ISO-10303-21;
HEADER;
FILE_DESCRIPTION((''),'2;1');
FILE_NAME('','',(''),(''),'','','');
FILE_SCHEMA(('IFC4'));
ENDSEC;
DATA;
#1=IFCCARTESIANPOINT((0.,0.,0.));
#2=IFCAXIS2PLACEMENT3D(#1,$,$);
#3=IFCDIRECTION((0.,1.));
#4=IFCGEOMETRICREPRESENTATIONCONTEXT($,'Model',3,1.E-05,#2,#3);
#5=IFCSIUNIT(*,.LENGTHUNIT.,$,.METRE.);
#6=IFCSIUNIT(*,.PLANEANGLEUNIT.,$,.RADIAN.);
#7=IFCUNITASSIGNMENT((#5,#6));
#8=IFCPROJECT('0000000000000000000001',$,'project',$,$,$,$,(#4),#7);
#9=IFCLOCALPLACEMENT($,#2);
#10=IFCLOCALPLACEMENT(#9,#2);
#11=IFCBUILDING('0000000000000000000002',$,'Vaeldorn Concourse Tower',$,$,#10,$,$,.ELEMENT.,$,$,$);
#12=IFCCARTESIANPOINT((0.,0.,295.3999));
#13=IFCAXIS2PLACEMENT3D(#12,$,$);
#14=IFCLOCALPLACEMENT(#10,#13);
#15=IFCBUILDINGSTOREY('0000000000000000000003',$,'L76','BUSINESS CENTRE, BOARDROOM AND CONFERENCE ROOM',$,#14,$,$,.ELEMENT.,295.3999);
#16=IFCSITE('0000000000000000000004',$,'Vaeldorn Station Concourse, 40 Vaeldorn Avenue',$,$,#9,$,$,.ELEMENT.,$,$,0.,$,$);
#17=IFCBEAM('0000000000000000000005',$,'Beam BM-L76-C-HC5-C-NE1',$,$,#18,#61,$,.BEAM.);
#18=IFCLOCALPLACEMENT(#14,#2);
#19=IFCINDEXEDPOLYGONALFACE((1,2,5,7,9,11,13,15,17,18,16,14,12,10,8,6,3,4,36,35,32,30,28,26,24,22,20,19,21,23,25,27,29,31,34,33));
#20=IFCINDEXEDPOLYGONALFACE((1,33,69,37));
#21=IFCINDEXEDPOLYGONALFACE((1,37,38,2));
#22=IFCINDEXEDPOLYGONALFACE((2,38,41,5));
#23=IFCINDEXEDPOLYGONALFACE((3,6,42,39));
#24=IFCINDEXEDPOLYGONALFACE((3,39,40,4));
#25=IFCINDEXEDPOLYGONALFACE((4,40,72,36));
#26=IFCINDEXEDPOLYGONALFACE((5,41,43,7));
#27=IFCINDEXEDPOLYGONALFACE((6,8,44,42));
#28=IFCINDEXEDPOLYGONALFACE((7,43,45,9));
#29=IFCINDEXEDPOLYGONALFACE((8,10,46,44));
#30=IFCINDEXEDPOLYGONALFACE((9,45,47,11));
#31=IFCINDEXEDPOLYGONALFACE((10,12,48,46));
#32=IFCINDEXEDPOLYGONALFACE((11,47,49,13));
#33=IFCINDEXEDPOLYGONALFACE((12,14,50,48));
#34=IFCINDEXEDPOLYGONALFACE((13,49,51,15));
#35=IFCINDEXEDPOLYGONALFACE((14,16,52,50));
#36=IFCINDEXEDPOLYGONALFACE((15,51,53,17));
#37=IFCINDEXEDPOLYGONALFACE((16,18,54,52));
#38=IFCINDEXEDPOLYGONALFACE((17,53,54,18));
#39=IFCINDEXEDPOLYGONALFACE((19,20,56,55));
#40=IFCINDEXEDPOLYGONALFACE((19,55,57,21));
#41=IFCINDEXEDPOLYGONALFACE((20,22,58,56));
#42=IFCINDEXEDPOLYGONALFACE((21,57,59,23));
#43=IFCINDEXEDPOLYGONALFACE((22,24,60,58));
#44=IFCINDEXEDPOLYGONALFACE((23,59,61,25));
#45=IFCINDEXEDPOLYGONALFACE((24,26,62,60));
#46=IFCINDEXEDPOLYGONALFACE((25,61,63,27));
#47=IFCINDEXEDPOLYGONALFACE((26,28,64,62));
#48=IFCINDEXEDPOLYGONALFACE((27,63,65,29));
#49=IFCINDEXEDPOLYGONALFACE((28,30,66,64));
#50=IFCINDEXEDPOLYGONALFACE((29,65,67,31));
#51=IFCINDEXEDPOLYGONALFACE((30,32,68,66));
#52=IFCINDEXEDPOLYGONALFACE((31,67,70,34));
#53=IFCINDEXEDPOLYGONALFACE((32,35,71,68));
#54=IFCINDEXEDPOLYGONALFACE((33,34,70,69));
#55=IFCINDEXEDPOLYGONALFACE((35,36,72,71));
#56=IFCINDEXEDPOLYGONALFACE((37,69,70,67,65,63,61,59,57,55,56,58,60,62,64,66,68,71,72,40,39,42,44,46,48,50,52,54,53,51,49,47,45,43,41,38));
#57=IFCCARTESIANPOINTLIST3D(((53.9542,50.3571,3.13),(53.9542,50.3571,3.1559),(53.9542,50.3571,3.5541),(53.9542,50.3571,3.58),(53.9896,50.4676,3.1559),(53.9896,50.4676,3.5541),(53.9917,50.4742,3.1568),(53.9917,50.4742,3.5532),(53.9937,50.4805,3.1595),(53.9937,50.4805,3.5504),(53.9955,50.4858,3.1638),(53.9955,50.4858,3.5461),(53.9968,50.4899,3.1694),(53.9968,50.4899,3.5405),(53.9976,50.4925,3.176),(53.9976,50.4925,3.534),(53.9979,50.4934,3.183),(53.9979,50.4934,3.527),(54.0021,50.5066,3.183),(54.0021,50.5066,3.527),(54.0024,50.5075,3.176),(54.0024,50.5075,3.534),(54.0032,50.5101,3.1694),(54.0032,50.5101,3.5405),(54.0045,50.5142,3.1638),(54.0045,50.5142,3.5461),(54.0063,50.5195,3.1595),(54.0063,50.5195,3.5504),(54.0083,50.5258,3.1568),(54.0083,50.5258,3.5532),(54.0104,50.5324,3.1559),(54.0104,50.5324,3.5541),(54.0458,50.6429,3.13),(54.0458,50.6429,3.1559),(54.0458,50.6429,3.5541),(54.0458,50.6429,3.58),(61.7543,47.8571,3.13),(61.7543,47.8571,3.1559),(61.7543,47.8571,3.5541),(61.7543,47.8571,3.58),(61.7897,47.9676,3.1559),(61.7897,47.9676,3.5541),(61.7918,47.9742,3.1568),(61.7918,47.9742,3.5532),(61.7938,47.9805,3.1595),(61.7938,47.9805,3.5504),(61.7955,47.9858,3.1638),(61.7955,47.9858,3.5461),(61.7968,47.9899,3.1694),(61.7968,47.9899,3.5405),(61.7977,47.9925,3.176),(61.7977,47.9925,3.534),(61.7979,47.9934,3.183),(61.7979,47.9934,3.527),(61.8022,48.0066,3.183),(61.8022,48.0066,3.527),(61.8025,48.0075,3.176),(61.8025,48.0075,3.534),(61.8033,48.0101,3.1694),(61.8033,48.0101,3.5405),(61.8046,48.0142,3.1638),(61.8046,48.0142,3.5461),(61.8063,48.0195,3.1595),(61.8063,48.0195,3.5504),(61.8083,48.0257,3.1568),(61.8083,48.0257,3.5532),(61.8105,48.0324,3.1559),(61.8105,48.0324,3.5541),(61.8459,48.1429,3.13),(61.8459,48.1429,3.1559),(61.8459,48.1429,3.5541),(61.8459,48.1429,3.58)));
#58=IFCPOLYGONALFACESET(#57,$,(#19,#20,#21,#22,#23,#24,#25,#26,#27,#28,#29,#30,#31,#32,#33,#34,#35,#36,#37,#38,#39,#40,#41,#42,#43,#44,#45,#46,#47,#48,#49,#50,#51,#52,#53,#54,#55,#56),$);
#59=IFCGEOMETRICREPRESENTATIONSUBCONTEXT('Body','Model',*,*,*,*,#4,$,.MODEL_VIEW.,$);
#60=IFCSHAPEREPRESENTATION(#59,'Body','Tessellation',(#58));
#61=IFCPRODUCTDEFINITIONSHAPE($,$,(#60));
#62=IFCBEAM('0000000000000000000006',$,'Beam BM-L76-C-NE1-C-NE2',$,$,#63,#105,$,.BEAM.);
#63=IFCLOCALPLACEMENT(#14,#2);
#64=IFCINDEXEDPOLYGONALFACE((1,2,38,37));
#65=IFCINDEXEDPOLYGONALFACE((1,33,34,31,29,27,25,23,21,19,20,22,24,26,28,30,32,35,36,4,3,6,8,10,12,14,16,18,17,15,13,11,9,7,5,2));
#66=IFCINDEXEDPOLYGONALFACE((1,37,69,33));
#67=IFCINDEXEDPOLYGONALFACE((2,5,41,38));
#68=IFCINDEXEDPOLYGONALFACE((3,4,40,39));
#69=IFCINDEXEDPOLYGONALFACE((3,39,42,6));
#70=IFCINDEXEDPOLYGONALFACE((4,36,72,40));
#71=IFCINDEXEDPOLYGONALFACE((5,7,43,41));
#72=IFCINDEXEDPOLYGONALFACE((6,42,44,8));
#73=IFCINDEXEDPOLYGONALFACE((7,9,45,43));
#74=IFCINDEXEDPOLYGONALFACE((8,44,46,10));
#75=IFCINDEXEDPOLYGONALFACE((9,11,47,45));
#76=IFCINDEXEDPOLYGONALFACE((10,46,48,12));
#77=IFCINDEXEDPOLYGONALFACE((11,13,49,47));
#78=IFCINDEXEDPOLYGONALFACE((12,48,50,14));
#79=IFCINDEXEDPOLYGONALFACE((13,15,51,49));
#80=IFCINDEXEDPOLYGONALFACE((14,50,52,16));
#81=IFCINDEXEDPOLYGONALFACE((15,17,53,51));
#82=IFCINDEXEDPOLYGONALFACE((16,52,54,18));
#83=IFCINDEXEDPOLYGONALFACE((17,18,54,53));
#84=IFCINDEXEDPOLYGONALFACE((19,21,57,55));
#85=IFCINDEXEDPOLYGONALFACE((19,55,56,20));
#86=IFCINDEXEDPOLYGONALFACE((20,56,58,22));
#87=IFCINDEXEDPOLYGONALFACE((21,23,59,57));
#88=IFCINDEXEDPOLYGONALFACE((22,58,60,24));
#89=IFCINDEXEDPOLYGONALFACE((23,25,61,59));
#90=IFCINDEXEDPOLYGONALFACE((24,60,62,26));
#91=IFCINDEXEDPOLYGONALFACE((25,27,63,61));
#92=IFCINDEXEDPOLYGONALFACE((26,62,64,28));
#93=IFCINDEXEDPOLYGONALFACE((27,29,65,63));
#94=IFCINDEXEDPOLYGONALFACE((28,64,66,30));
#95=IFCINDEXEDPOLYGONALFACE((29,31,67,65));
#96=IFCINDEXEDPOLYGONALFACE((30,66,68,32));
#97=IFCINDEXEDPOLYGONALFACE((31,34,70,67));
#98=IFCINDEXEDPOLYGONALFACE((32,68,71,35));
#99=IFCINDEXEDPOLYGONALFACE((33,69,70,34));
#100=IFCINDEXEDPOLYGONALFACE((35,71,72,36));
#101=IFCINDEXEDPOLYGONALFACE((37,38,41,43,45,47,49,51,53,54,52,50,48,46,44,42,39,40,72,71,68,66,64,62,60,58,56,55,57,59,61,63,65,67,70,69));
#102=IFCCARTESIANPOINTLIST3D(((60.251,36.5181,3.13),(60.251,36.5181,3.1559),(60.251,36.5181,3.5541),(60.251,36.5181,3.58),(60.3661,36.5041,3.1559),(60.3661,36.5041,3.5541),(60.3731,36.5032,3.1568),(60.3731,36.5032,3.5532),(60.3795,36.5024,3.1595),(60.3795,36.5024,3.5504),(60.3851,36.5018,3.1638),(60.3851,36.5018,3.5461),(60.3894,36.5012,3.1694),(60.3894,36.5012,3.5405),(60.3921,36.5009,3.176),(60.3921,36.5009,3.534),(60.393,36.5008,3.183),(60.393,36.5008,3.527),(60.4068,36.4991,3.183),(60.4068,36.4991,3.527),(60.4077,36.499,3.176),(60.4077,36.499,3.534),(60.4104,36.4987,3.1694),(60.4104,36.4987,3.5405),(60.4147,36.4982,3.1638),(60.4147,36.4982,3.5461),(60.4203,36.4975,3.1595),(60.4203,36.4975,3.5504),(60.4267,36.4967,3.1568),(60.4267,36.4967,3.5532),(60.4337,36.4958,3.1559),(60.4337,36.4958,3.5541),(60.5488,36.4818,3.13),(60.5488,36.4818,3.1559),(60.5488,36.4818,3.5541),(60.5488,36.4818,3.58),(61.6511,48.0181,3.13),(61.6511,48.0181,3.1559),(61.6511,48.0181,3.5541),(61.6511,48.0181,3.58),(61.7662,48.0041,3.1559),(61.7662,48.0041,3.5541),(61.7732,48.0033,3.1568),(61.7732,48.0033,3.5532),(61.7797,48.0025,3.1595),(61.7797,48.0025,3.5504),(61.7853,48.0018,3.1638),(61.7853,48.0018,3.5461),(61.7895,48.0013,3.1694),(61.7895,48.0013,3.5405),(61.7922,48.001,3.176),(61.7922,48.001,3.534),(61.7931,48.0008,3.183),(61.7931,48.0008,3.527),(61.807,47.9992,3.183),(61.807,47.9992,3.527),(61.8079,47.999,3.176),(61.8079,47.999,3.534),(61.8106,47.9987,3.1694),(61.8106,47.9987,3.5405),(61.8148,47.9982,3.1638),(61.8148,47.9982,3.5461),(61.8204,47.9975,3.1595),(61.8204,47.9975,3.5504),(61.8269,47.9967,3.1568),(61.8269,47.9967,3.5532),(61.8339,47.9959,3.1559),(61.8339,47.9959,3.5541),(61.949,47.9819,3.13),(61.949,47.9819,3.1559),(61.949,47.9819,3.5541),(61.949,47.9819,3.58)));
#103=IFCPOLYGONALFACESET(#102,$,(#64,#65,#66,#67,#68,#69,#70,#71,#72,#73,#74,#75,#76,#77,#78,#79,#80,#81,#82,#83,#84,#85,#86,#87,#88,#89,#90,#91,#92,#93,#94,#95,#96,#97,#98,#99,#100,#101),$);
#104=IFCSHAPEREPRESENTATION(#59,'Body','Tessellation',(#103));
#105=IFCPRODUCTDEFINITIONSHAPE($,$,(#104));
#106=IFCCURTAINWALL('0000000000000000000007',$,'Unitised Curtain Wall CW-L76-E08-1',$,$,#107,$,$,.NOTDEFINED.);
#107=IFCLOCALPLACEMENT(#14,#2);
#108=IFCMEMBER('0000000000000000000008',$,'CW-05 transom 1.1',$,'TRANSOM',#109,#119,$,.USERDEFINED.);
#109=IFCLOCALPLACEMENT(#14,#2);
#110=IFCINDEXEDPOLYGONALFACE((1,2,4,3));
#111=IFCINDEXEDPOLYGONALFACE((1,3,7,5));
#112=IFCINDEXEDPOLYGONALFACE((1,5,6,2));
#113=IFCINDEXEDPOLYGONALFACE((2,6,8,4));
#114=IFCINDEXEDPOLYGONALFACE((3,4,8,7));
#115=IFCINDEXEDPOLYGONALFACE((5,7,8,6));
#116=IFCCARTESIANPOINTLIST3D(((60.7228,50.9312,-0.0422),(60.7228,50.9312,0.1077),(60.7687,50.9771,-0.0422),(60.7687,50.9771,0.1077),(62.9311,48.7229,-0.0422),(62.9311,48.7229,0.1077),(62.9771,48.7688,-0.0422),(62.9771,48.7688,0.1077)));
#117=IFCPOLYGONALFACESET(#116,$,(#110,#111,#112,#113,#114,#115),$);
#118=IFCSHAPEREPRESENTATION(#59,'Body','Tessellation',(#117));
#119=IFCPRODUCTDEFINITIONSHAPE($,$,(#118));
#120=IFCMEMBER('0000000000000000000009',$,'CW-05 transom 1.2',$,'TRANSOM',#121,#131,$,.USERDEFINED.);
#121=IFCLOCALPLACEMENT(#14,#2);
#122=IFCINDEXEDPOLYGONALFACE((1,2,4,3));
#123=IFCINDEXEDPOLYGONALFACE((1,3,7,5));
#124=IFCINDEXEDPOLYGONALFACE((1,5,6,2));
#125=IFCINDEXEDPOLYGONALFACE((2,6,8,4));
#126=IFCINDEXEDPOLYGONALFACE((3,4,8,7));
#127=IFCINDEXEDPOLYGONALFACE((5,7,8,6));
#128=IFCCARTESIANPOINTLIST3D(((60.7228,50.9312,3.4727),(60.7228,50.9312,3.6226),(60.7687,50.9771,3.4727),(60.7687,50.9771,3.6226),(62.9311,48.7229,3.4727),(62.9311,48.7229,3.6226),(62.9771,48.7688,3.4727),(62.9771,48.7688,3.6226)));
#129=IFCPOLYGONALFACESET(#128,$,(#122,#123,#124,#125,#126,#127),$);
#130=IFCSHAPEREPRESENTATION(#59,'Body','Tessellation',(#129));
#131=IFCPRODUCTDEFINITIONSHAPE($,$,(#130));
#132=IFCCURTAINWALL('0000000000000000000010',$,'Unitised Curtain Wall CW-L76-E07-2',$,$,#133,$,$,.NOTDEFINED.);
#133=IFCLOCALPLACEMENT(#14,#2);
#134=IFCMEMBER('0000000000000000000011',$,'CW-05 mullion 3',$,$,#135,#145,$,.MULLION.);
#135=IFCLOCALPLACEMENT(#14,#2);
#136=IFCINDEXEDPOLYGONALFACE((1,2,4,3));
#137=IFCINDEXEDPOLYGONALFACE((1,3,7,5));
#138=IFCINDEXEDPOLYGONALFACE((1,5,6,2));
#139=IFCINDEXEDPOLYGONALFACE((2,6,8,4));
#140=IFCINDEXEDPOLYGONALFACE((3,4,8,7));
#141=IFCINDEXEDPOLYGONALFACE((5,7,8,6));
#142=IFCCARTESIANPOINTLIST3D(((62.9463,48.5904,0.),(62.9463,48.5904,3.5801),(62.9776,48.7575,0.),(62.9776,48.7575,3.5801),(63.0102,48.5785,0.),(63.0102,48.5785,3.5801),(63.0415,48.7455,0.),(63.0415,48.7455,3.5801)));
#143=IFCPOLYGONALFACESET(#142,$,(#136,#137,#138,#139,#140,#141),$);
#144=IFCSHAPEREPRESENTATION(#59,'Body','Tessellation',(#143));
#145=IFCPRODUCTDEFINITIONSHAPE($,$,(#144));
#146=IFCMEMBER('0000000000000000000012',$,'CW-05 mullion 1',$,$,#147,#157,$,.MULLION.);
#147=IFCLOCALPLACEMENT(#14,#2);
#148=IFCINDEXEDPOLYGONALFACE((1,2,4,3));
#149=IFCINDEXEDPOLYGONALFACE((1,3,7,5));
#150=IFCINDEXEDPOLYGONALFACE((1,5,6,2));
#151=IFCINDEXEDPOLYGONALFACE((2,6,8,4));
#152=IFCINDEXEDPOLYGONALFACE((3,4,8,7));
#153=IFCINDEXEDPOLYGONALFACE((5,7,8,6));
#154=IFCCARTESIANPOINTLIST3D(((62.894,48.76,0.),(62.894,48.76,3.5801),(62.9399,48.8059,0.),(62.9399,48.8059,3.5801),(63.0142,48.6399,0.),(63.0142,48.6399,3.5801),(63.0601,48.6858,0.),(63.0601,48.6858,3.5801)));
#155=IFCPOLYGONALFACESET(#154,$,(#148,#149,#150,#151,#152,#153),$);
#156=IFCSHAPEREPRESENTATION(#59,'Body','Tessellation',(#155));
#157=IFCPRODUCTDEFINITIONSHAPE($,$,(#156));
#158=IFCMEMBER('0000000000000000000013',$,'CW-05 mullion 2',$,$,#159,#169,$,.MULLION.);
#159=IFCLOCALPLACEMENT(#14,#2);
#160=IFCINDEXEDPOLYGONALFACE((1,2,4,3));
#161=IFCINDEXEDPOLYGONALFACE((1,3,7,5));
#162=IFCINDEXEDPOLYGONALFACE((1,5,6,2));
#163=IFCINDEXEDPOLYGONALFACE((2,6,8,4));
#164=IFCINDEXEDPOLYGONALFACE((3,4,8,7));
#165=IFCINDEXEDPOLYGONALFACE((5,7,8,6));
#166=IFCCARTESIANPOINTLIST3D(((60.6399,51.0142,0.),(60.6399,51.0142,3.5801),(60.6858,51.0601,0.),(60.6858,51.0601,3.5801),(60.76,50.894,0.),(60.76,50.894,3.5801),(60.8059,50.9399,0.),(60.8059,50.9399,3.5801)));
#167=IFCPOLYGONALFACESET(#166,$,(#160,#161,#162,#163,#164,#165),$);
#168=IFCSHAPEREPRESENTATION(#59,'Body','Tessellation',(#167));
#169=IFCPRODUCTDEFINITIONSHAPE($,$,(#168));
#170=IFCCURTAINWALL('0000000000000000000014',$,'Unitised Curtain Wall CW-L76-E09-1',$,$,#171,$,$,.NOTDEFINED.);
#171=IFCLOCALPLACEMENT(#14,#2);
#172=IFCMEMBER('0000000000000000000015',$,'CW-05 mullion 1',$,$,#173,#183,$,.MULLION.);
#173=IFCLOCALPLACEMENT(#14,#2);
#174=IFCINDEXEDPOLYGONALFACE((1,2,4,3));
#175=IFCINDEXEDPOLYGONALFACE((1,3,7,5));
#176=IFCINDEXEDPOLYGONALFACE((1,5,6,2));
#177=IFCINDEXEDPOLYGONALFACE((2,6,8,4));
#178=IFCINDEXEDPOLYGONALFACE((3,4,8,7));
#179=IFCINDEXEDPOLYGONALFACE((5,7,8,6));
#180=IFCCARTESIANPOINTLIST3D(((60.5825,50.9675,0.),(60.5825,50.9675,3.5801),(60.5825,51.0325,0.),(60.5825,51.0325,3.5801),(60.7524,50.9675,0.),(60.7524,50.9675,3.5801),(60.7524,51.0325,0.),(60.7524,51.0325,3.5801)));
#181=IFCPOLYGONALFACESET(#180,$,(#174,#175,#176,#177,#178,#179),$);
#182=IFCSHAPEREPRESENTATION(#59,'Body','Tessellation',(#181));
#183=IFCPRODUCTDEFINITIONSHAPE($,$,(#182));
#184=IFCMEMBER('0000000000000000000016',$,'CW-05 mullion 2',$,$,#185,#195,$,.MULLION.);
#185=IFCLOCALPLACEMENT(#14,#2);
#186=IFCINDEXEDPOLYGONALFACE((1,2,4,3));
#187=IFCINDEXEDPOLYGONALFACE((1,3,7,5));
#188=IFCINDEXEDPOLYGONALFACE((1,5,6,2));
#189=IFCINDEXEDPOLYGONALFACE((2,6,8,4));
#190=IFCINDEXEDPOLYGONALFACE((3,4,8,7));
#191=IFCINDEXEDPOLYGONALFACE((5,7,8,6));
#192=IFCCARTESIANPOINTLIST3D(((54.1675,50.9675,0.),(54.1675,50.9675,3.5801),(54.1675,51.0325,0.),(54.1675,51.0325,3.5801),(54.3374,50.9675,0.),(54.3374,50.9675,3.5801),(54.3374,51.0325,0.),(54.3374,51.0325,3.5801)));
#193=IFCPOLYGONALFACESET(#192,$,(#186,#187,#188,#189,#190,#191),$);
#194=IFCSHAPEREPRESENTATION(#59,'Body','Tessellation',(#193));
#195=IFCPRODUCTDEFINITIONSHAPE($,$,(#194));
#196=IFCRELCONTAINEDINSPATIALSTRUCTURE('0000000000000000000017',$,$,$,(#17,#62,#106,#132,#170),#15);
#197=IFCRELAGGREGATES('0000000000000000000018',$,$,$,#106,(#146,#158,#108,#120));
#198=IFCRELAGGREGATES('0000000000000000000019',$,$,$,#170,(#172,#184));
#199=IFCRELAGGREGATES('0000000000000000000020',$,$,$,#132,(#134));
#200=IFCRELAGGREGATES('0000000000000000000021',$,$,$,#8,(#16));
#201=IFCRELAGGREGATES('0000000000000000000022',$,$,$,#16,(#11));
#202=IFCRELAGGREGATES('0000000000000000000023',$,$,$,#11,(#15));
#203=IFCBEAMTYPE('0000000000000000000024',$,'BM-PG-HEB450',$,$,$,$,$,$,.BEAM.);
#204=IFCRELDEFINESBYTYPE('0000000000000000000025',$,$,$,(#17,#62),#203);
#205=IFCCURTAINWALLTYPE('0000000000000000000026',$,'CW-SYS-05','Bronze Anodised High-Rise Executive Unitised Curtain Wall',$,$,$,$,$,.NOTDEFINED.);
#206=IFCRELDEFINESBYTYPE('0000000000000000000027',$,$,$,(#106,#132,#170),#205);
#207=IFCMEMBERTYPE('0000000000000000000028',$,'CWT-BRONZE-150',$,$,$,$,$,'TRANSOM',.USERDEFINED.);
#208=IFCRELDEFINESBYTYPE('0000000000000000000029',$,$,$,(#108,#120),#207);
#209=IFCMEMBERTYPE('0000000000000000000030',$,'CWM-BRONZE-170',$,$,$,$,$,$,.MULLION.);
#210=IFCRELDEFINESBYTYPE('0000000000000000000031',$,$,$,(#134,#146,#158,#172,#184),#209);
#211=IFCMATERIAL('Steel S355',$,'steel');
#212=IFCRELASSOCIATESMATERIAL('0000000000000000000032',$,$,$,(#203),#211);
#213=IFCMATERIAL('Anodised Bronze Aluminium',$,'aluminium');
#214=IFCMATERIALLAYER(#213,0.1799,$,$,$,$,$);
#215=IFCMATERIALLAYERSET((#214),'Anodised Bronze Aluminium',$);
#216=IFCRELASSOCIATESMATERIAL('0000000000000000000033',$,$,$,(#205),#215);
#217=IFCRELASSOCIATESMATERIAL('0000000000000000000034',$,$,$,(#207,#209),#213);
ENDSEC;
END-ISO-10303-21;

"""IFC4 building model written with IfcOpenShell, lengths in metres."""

from ifc_helpers import new_model, si_unit, direction, frame, origin, origin_2d, place, context, subcontext, project, spatial, rectangle, i_section, extrude, source, transform, mapped, material, layer, layer_set, material_profile, profile_set, type_object, element, aggregate, save


model = new_model("IFC4")

# Units and contexts
model_context = context("Model", 3, precision=1e-05, world=origin(), true_north=direction((0.0, 1.0)))
body_context = subcontext(model_context, "Body", "Model", "MODEL_VIEW")
ifc_project = project(units=[si_unit("LENGTHUNIT", "METRE"), si_unit("PLANEANGLEUNIT", "RADIAN")], contexts=[model_context])

# Site, building, storey
site_placement = place(None, origin())
site = spatial("IfcSite", under=ifc_project, at=site_placement, Name="Vaeldorn Station Concourse, 40 Vaeldorn Avenue", CompositionType="ELEMENT", RefElevation=0.0)
building_placement = place(site_placement, origin())
building = spatial("IfcBuilding", under=site, at=building_placement, Name="Vaeldorn Concourse Tower", CompositionType="ELEMENT")
storey_placement = place(building_placement, frame((0.0, 0.0, 295.3999)))
storey = spatial("IfcBuildingStorey", under=building, at=storey_placement, Name="L76", Description="BUSINESS CENTRE, BOARDROOM AND CONFERENCE ROOM", CompositionType="ELEMENT", Elevation=295.3999)

# Shared definitions
ifc_material_1 = material(Name="Steel S355", Category="steel")

# Beams
ifc_material_profile_1 = material_profile(ifc_material_1, i_section(OverallWidth=0.3, OverallDepth=0.45, WebThickness=0.0139, FlangeThickness=0.0259, FilletRadius=0.0271, at=origin_2d()), Name="HEB 450")
ifc_profile_set_1 = profile_set([ifc_material_profile_1], Name="Steel S355")
beam_type_1 = type_object("IfcBeamType", Name="BM-PG-HEB450", PredefinedType="BEAM", material=ifc_profile_set_1)
shared_shape_1 = source(origin(), body_context, "Body", "SweptSolid", [
    extrude(i_section(OverallWidth=0.3, OverallDepth=0.45, WebThickness=0.0139, FlangeThickness=0.0259, FilletRadius=0.0271, at=origin_2d()), origin(), (0.0, 0.0, 1.0), 8.1909),
])
beam_1_placement = place(storey_placement, frame((54.0, 50.5, 3.355), z_axis=(0.952283, -0.305217, 0.0), x_axis=(0.305217, 0.952283, 0.0)))
element("IfcBeam", 1, at=beam_1_placement, inside=storey, type_object=beam_type_1, Name="Beam BM-L76-C-HC5-C-NE1", PredefinedType="BEAM", context=body_context, shape_type="MappedRepresentation", body=[
    mapped(shared_shape_1, transform((0.0, 0.0, 0.0), scale=1.0)),
])
shared_shape_2 = source(origin(), body_context, "Body", "SweptSolid", [
    extrude(i_section(OverallWidth=0.3, OverallDepth=0.45, WebThickness=0.0139, FlangeThickness=0.0259, FilletRadius=0.0271, at=origin_2d()), origin(), (0.0, 0.0, 1.0), 11.585),
])
beam_2_placement = place(storey_placement, frame((61.8, 48.0, 3.355), z_axis=(-0.120859, -0.99267, 0.0), x_axis=(0.99267, -0.120859, 0.0)))
element("IfcBeam", 2, at=beam_2_placement, inside=storey, type_object=beam_type_1, Name="Beam BM-L76-C-NE1-C-NE2", PredefinedType="BEAM", context=body_context, shape_type="MappedRepresentation", body=[
    mapped(shared_shape_2, transform((0.0, 0.0, 0.0), scale=1.0)),
])

# Curtain wall, members
ifc_material_2 = material(Name="Anodised Bronze Aluminium", Category="aluminium")
ifc_layer_1 = layer(ifc_material_2, 0.1799)
ifc_layer_set_1 = layer_set([ifc_layer_1], Name="Anodised Bronze Aluminium")
curtain_wall_type = type_object("IfcCurtainWallType", Name="CW-SYS-05", Description="Bronze Anodised High-Rise Executive Unitised Curtain Wall", PredefinedType="NOTDEFINED", material=ifc_layer_set_1)
curtain_wall_1_placement = place(storey_placement, origin())
curtain_wall_1 = element("IfcCurtainWall", 3, at=curtain_wall_1_placement, inside=storey, type_object=curtain_wall_type, Name="Unitised Curtain Wall CW-L76-E08-1", PredefinedType="NOTDEFINED")
ifc_material_profile_2 = material_profile(ifc_material_2, rectangle(XDim=0.0649, YDim=0.1499, at=origin_2d()), Name="CWT 65x150")
ifc_profile_set_2 = profile_set([ifc_material_profile_2], Name="Anodised Bronze Aluminium")
member_type_1 = type_object("IfcMemberType", Name="CWT-BRONZE-150", ElementType="TRANSOM", PredefinedType="USERDEFINED", material=ifc_profile_set_2)
shared_shape_3 = source(origin(), body_context, "Body", "SweptSolid", [
    extrude(rectangle(XDim=0.0649, YDim=0.1499, at=origin_2d()), origin(), (0.0, 0.0, 1.0), 3.123),
])
member_1_placement = place(storey_placement, frame((62.9541, 48.7458, 0.0327), z_axis=(-0.707107, 0.707107, 0.0), x_axis=(-0.707107, -0.707107, 0.0)))
member_1 = element("IfcMember", 4, at=member_1_placement, type_object=member_type_1, Name="CW-05 transom 1.1", ObjectType="TRANSOM", PredefinedType="USERDEFINED", context=body_context, shape_type="MappedRepresentation", body=[
    mapped(shared_shape_3, transform((0.0, 0.0, 0.0), scale=1.0)),
])
member_2_placement = place(storey_placement, frame((62.9541, 48.7458, 3.5476), z_axis=(-0.707107, 0.707107, 0.0), x_axis=(-0.707107, -0.707107, 0.0)))
member_2 = element("IfcMember", 5, at=member_2_placement, type_object=member_type_1, Name="CW-05 transom 1.2", ObjectType="TRANSOM", PredefinedType="USERDEFINED", context=body_context, shape_type="MappedRepresentation", body=[
    mapped(shared_shape_3, transform((0.0, 0.0, 0.0), scale=1.0)),
])

# Curtain wall, member
curtain_wall_2_placement = place(storey_placement, origin())
curtain_wall_2 = element("IfcCurtainWall", 6, at=curtain_wall_2_placement, inside=storey, type_object=curtain_wall_type, Name="Unitised Curtain Wall CW-L76-E07-2", PredefinedType="NOTDEFINED")
ifc_material_profile_3 = material_profile(ifc_material_2, rectangle(XDim=0.0649, YDim=0.1699, at=origin_2d()), Name="CWM 65x170")
ifc_profile_set_3 = profile_set([ifc_material_profile_3], Name="Anodised Bronze Aluminium")
member_type_2 = type_object("IfcMemberType", Name="CWM-BRONZE-170", PredefinedType="MULLION", material=ifc_profile_set_3)
shared_shape_4 = source(origin(), body_context, "Body", "SweptSolid", [
    extrude(rectangle(XDim=0.0649, YDim=0.1699, at=origin_2d()), origin(), (0.0, 0.0, 1.0), 3.5801),
])
member_3_placement = place(storey_placement, frame((62.9939, 48.668, 0.0), z_axis=(0.0, 0.0, 1.0), x_axis=(-0.98288, 0.184246, 0.0)))
member_3 = element("IfcMember", 7, at=member_3_placement, type_object=member_type_2, Name="CW-05 mullion 3", PredefinedType="MULLION", context=body_context, shape_type="MappedRepresentation", body=[
    mapped(shared_shape_4, transform((0.0, 0.0, 0.0), scale=1.0)),
])

# Members
member_4_placement = place(storey_placement, frame((62.9771, 48.7229, 0.0), z_axis=(0.0, 0.0, 1.0), x_axis=(-0.707107, -0.707107, 0.0)))
member_4 = element("IfcMember", 8, at=member_4_placement, type_object=member_type_2, Name="CW-05 mullion 1", PredefinedType="MULLION", context=body_context, shape_type="MappedRepresentation", body=[
    mapped(shared_shape_4, transform((0.0, 0.0, 0.0), scale=1.0)),
])
member_5_placement = place(storey_placement, frame((60.7229, 50.9771, 0.0), z_axis=(0.0, 0.0, 1.0), x_axis=(-0.707107, -0.707107, 0.0)))
member_5 = element("IfcMember", 9, at=member_5_placement, type_object=member_type_2, Name="CW-05 mullion 2", PredefinedType="MULLION", context=body_context, shape_type="MappedRepresentation", body=[
    mapped(shared_shape_4, transform((0.0, 0.0, 0.0), scale=1.0)),
])

# Curtain wall, members
curtain_wall_3_placement = place(storey_placement, origin())
curtain_wall_3 = element("IfcCurtainWall", 10, at=curtain_wall_3_placement, inside=storey, type_object=curtain_wall_type, Name="Unitised Curtain Wall CW-L76-E09-1", PredefinedType="NOTDEFINED")
member_6_placement = place(storey_placement, frame((60.6675, 51.0, 0.0), z_axis=(0.0, 0.0, 1.0), x_axis=(0.0, -1.0, 0.0)))
member_6 = element("IfcMember", 11, at=member_6_placement, type_object=member_type_2, Name="CW-05 mullion 1", PredefinedType="MULLION", context=body_context, shape_type="MappedRepresentation", body=[
    mapped(shared_shape_4, transform((0.0, 0.0, 0.0), scale=1.0)),
])
member_7_placement = place(storey_placement, frame((54.2524, 51.0, 0.0), z_axis=(0.0, 0.0, 1.0), x_axis=(0.0, -1.0, 0.0)))
member_7 = element("IfcMember", 12, at=member_7_placement, type_object=member_type_2, Name="CW-05 mullion 2", PredefinedType="MULLION", context=body_context, shape_type="MappedRepresentation", body=[
    mapped(shared_shape_4, transform((0.0, 0.0, 0.0), scale=1.0)),
])

aggregate(curtain_wall_1, [member_4, member_5, member_1, member_2])
aggregate(curtain_wall_3, [member_6, member_7])
aggregate(curtain_wall_2, [member_3])

save(model, "model.ifc")
